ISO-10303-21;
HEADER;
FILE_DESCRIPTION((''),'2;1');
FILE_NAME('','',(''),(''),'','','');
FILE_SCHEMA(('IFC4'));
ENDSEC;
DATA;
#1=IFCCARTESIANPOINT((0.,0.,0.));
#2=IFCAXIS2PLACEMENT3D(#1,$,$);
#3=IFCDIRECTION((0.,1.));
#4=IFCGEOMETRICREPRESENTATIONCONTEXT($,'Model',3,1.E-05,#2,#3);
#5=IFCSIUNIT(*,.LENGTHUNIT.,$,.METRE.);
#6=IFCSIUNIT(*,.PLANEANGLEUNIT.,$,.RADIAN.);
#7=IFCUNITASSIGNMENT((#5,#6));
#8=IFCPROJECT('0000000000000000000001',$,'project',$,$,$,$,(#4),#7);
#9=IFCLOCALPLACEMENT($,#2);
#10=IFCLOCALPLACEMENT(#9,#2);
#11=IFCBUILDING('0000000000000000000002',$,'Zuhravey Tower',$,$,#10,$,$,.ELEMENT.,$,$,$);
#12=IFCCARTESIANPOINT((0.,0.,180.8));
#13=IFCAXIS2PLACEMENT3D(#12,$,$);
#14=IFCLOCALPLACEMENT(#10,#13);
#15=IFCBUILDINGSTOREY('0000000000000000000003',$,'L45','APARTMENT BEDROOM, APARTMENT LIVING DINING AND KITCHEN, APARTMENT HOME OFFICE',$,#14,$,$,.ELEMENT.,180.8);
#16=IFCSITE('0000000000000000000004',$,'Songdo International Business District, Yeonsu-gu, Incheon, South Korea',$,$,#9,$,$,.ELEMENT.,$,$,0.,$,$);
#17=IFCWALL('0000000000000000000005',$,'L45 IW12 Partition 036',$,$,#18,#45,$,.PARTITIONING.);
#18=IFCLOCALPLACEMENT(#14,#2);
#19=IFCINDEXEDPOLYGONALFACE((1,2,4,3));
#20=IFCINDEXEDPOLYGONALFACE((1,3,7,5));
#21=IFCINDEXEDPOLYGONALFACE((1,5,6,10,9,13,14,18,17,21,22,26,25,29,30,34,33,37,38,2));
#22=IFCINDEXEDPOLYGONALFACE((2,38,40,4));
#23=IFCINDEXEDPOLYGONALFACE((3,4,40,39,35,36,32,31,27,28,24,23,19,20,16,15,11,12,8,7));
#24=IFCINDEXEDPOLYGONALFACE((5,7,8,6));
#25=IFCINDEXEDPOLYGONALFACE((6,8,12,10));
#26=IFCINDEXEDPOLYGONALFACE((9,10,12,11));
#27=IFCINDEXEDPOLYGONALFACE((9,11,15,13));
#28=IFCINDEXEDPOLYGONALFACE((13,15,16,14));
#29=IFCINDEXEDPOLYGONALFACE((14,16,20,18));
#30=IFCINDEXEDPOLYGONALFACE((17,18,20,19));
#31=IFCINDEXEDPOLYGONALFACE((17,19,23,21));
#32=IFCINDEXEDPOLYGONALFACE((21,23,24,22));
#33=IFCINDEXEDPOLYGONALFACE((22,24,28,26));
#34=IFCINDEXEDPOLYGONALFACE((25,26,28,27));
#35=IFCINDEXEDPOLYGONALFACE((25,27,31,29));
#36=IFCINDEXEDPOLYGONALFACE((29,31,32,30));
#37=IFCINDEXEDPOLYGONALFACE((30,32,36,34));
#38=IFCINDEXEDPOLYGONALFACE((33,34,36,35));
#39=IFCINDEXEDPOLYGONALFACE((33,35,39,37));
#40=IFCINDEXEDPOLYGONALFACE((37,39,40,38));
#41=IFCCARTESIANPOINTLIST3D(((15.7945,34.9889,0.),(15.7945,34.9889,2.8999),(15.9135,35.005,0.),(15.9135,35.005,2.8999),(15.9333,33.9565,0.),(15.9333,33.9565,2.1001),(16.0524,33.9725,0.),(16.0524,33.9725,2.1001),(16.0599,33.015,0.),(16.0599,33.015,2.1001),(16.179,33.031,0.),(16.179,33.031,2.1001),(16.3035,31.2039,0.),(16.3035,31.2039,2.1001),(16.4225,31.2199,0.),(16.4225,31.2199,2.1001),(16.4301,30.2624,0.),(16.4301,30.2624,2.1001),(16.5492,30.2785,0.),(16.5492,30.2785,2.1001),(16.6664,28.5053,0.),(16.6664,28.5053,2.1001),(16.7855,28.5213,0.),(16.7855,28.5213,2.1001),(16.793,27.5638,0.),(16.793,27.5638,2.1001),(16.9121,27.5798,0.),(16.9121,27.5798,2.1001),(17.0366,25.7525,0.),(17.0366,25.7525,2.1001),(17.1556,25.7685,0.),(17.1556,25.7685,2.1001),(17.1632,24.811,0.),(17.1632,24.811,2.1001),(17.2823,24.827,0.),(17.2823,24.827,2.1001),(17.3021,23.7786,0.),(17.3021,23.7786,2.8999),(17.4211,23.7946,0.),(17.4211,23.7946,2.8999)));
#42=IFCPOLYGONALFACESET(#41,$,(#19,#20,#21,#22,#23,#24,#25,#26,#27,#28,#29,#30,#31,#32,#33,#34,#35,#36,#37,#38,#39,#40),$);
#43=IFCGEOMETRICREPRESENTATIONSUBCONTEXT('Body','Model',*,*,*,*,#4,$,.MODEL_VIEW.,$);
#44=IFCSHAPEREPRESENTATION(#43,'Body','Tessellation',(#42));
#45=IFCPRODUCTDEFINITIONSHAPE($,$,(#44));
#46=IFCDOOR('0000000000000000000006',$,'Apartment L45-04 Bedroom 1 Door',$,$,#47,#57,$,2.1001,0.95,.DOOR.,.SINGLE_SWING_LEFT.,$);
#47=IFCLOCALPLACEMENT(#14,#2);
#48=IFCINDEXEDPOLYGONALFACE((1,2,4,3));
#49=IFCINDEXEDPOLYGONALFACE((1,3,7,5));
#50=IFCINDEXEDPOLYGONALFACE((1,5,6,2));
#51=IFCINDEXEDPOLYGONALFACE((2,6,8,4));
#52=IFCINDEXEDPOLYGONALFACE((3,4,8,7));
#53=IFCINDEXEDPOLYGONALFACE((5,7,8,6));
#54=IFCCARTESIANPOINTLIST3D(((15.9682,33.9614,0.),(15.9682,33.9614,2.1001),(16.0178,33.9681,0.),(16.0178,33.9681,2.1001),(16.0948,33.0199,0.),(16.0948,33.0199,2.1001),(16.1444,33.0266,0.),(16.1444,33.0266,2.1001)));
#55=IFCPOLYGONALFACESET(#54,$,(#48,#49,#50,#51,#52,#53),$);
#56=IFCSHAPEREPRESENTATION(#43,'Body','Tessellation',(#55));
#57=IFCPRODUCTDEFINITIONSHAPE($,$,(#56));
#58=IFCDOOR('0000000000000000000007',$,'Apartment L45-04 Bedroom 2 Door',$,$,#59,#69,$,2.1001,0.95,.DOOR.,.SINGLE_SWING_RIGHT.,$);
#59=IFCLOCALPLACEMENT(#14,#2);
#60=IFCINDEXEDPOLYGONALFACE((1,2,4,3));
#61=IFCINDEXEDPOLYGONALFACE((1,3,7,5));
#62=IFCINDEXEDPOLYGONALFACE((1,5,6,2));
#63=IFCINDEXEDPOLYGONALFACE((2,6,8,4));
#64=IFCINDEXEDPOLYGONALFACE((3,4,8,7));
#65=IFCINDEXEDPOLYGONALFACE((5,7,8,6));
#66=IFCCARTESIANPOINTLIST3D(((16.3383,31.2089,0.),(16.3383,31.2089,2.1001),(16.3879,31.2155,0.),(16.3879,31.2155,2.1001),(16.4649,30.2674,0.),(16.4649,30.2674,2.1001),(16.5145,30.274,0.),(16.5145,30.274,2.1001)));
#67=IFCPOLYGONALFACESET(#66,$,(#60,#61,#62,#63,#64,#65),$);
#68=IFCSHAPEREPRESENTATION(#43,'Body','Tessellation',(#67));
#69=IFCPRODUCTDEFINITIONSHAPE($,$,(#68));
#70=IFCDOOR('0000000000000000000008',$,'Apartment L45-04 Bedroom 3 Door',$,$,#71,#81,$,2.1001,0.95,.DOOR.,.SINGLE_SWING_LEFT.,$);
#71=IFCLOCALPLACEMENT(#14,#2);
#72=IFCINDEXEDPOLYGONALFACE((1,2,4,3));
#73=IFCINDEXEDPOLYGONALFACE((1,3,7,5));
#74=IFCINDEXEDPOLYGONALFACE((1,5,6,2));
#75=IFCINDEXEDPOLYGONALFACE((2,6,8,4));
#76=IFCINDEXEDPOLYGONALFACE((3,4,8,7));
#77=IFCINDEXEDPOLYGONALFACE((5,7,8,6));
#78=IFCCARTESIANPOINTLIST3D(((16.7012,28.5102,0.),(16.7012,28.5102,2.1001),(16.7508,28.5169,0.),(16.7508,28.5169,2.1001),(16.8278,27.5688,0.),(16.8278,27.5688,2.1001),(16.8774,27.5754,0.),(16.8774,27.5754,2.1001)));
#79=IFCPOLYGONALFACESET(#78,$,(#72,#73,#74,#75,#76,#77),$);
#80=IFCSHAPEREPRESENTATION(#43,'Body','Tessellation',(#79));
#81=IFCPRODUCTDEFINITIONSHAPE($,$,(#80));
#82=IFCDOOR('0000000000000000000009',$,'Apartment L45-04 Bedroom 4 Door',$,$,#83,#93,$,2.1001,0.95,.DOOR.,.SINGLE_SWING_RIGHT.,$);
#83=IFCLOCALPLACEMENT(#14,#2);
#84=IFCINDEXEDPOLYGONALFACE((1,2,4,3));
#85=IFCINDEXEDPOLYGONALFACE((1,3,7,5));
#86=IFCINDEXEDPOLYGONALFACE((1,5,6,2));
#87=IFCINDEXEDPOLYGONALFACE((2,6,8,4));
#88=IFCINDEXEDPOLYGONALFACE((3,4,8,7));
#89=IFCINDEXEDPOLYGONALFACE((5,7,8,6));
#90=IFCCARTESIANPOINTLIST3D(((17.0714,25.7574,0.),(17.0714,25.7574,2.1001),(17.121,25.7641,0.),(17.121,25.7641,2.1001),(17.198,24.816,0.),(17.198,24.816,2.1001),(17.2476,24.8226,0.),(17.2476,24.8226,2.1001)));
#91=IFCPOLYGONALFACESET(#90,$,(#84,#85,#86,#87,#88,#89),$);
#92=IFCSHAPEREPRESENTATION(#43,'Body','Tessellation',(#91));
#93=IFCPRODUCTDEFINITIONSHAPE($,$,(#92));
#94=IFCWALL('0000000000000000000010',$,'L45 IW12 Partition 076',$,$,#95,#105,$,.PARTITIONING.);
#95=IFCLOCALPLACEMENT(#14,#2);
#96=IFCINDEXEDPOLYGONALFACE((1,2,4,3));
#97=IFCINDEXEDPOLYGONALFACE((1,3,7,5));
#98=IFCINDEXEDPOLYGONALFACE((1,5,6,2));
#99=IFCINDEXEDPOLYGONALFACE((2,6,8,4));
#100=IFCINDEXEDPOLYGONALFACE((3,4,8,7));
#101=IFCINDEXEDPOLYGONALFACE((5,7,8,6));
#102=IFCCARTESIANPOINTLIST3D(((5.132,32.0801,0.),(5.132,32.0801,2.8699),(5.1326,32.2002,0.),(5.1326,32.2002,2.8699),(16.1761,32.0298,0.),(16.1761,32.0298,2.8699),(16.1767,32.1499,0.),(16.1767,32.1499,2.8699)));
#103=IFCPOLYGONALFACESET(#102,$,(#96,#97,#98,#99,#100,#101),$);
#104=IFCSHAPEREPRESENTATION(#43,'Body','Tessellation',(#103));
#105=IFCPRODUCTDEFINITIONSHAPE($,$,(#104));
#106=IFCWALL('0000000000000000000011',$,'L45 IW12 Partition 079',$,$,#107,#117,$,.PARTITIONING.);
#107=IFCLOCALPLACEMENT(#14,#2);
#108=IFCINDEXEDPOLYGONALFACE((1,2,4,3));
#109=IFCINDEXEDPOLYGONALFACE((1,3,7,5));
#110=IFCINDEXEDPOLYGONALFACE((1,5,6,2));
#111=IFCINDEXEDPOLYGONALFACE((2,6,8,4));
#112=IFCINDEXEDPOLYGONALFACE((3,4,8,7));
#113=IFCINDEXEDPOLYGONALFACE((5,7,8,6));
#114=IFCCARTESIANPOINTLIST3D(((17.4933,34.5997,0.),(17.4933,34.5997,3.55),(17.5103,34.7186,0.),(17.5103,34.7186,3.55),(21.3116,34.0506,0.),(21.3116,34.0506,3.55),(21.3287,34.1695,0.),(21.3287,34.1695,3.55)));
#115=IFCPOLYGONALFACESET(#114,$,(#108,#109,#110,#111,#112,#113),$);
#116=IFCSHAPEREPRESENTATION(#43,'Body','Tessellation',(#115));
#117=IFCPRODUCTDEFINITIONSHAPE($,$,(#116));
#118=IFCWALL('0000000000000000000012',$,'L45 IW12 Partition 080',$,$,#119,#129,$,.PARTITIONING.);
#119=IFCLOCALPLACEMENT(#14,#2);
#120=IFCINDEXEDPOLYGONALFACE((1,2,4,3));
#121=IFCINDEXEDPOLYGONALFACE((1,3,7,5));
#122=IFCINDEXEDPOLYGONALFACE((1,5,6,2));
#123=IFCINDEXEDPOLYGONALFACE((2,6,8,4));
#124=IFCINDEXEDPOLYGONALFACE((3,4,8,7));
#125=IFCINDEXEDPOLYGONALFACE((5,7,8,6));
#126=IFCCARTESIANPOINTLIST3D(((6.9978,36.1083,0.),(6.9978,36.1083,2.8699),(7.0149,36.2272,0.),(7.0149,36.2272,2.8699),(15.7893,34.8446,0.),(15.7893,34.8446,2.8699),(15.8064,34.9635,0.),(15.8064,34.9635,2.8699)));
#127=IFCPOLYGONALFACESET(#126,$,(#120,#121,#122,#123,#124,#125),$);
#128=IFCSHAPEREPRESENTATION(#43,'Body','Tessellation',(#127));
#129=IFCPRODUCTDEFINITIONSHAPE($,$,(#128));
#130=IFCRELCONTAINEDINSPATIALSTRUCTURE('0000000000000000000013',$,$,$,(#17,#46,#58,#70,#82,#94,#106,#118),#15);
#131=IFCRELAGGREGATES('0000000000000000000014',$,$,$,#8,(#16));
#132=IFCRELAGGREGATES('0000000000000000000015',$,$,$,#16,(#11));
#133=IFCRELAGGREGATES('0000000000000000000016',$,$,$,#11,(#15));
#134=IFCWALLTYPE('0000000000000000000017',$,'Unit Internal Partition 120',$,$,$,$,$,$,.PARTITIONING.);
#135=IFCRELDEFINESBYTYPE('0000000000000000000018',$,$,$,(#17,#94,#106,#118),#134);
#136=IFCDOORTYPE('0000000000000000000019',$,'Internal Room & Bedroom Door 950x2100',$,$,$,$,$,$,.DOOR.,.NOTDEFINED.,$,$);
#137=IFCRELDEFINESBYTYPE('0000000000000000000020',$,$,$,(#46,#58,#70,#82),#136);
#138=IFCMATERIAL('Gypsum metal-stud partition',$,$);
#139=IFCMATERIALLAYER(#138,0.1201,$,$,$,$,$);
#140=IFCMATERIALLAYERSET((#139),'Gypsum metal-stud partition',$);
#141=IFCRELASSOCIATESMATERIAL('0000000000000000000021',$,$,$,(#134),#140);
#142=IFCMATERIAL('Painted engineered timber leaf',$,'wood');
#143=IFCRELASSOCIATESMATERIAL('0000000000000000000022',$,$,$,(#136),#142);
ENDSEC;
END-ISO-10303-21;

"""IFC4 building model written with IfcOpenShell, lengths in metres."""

from ifc_helpers import new_model, si_unit, direction, frame, frame_2d, origin, place, context, subcontext, project, spatial, rectangle, extrude, material, layer, layer_set, type_object, element, fill, save


model = new_model("IFC4")

# Units and contexts
model_context = context("Model", 3, precision=1e-05, world=origin(), true_north=direction((0.0, 1.0)))
body_context = subcontext(model_context, "Body", "Model", "MODEL_VIEW")
ifc_project = project(units=[si_unit("LENGTHUNIT", "METRE"), si_unit("PLANEANGLEUNIT", "RADIAN")], contexts=[model_context])

# Site, building, storey
site_placement = place(None, origin())
site = spatial("IfcSite", under=ifc_project, at=site_placement, Name="Songdo International Business District, Yeonsu-gu, Incheon, South Korea", CompositionType="ELEMENT", RefElevation=0.0)
building_placement = place(site_placement, origin())
building = spatial("IfcBuilding", under=site, at=building_placement, Name="Zuhravey Tower", CompositionType="ELEMENT")
storey_placement = place(building_placement, frame((0.0, 0.0, 180.8)))
storey = spatial("IfcBuildingStorey", under=building, at=storey_placement, Name="L45", Description="APARTMENT BEDROOM, APARTMENT LIVING DINING AND KITCHEN, APARTMENT HOME OFFICE", CompositionType="ELEMENT", Elevation=180.8)

# Wall, openings, doors
ifc_material_1 = material(Name="Gypsum metal-stud partition")
ifc_layer_1 = layer(ifc_material_1, 0.1201)
ifc_layer_set_1 = layer_set([ifc_layer_1], Name="Gypsum metal-stud partition")
wall_type_1 = type_object("IfcWallType", Name="Unit Internal Partition 120", PredefinedType="PARTITIONING", material=ifc_layer_set_1)
ifc_material_2 = material(Name="Painted engineered timber leaf", Category="wood")
door_type_1 = type_object("IfcDoorType", Name="Internal Room & Bedroom Door 950x2100", OperationType="NOTDEFINED", PredefinedType="DOOR", material=ifc_material_2)
wall_1_placement = place(storey_placement, frame((15.854, 34.9971, 0.0), z_axis=(0.0, 0.0, 1.0), x_axis=(0.133279, -0.991079, 0.0)))
wall_1 = element("IfcWall", 1, at=wall_1_placement, inside=storey, type_object=wall_type_1, Name="L45 IW12 Partition 036", PredefinedType="PARTITIONING", context=body_context, shape_type="SweptSolid", body=[
    extrude(rectangle(XDim=11.3113, YDim=0.1201, at=frame_2d((5.6558, 0.0))), origin(), (0.0, 0.0, 1.0), 2.8999),
])
opening_1_placement = place(wall_1_placement, frame((1.0417, 0.0, 0.0)))
opening_1 = element("IfcOpeningElement", 2, at=opening_1_placement, cuts=wall_1, PredefinedType="OPENING", context=body_context, shape_type="SweptSolid", body=[
    extrude(rectangle(XDim=0.95, YDim=2.1001, at=frame_2d((0.4751, 1.05))), frame((0.0, 0.072, 0.0), z_axis=(0.0, -1.0, 0.0), x_axis=(1.0, 0.0, 0.0)), (0.0, 0.0, 1.0), 0.144),
])
opening_2_placement = place(wall_1_placement, frame((3.8191, 0.0, 0.0)))
opening_2 = element("IfcOpeningElement", 3, at=opening_2_placement, cuts=wall_1, PredefinedType="OPENING", context=body_context, shape_type="SweptSolid", body=[
    extrude(rectangle(XDim=0.95, YDim=2.1001, at=frame_2d((0.4751, 1.05))), frame((0.0, 0.072, 0.0), z_axis=(0.0, -1.0, 0.0), x_axis=(1.0, 0.0, 0.0)), (0.0, 0.0, 1.0), 0.144),
])
opening_3_placement = place(wall_1_placement, frame((6.542, 0.0, 0.0)))
opening_3 = element("IfcOpeningElement", 4, at=opening_3_placement, cuts=wall_1, PredefinedType="OPENING", context=body_context, shape_type="SweptSolid", body=[
    extrude(rectangle(XDim=0.95, YDim=2.1001, at=frame_2d((0.4751, 1.05))), frame((0.0, 0.072, 0.0), z_axis=(0.0, -1.0, 0.0), x_axis=(1.0, 0.0, 0.0)), (0.0, 0.0, 1.0), 0.144),
])
opening_4_placement = place(wall_1_placement, frame((9.3196, 0.0, 0.0)))
opening_4 = element("IfcOpeningElement", 5, at=opening_4_placement, cuts=wall_1, PredefinedType="OPENING", context=body_context, shape_type="SweptSolid", body=[
    extrude(rectangle(XDim=0.95, YDim=2.1001, at=frame_2d((0.4751, 1.05))), frame((0.0, 0.072, 0.0), z_axis=(0.0, -1.0, 0.0), x_axis=(1.0, 0.0, 0.0)), (0.0, 0.0, 1.0), 0.144),
])
door_1_placement = place(opening_1_placement, frame((0.95, 0.0, 0.0), z_axis=(0.0, 0.0, 1.0), x_axis=(-1.0, 0.0, 0.0)))
door_1 = element("IfcDoor", 6, at=door_1_placement, inside=storey, type_object=door_type_1, Name="Apartment L45-04 Bedroom 1 Door", OperationType="SINGLE_SWING_LEFT", OverallHeight=2.1001, OverallWidth=0.95, PredefinedType="DOOR", context=body_context, shape_type="SweptSolid", body=[
    extrude(rectangle(XDim=0.95, YDim=2.1001, at=frame_2d((0.4751, 1.05))), frame((0.0, 0.0249, 0.0), z_axis=(0.0, -1.0, 0.0), x_axis=(1.0, 0.0, 0.0)), (0.0, 0.0, 1.0), 0.05),
])
fill(opening_1, door_1)
door_2_placement = place(opening_2_placement, frame((0.95, 0.0, 0.0), z_axis=(0.0, 0.0, 1.0), x_axis=(-1.0, 0.0, 0.0)))
door_2 = element("IfcDoor", 7, at=door_2_placement, inside=storey, type_object=door_type_1, Name="Apartment L45-04 Bedroom 2 Door", OperationType="SINGLE_SWING_RIGHT", OverallHeight=2.1001, OverallWidth=0.95, PredefinedType="DOOR", context=body_context, shape_type="SweptSolid", body=[
    extrude(rectangle(XDim=0.95, YDim=2.1001, at=frame_2d((0.4751, 1.05))), frame((0.0, 0.0249, 0.0), z_axis=(0.0, -1.0, 0.0), x_axis=(1.0, 0.0, 0.0)), (0.0, 0.0, 1.0), 0.05),
])
fill(opening_2, door_2)
door_3_placement = place(opening_3_placement, frame((0.95, 0.0, 0.0), z_axis=(0.0, 0.0, 1.0), x_axis=(-1.0, 0.0, 0.0)))
door_3 = element("IfcDoor", 8, at=door_3_placement, inside=storey, type_object=door_type_1, Name="Apartment L45-04 Bedroom 3 Door", OperationType="SINGLE_SWING_LEFT", OverallHeight=2.1001, OverallWidth=0.95, PredefinedType="DOOR", context=body_context, shape_type="SweptSolid", body=[
    extrude(rectangle(XDim=0.95, YDim=2.1001, at=frame_2d((0.4751, 1.05))), frame((0.0, 0.0249, 0.0), z_axis=(0.0, -1.0, 0.0), x_axis=(1.0, 0.0, 0.0)), (0.0, 0.0, 1.0), 0.05),
])
fill(opening_3, door_3)
door_4_placement = place(opening_4_placement, frame((0.95, 0.0, 0.0), z_axis=(0.0, 0.0, 1.0), x_axis=(-1.0, 0.0, 0.0)))
door_4 = element("IfcDoor", 9, at=door_4_placement, inside=storey, type_object=door_type_1, Name="Apartment L45-04 Bedroom 4 Door", OperationType="SINGLE_SWING_RIGHT", OverallHeight=2.1001, OverallWidth=0.95, PredefinedType="DOOR", context=body_context, shape_type="SweptSolid", body=[
    extrude(rectangle(XDim=0.95, YDim=2.1001, at=frame_2d((0.4751, 1.05))), frame((0.0, 0.0249, 0.0), z_axis=(0.0, -1.0, 0.0), x_axis=(1.0, 0.0, 0.0)), (0.0, 0.0, 1.0), 0.05),
])
fill(opening_4, door_4)

# Walls
wall_2_placement = place(storey_placement, frame((16.1763, 32.0898, 0.0), z_axis=(0.0, 0.0, 1.0), x_axis=(-0.99999, 0.004554, 0.0)))
element("IfcWall", 10, at=wall_2_placement, inside=storey, type_object=wall_type_1, Name="L45 IW12 Partition 076", PredefinedType="PARTITIONING", context=body_context, shape_type="SweptSolid", body=[
    extrude(rectangle(XDim=11.0442, YDim=0.1201, at=frame_2d((5.522, 0.0))), origin(), (0.0, 0.0, 1.0), 2.8699),
])
wall_3_placement = place(storey_placement, frame((21.3201, 34.1101, 0.0), z_axis=(0.0, 0.0, 1.0), x_axis=(-0.989819, 0.142334, 0.0)))
element("IfcWall", 11, at=wall_3_placement, inside=storey, type_object=wall_type_1, Name="L45 IW12 Partition 079", PredefinedType="PARTITIONING", context=body_context, shape_type="SweptSolid", body=[
    extrude(rectangle(XDim=3.8577, YDim=0.1201, at=frame_2d((1.9287, 0.0))), origin(), (0.0, 0.0, 1.0), 3.55),
])
wall_4_placement = place(storey_placement, frame((15.7979, 34.9041, 0.0), z_axis=(0.0, 0.0, 1.0), x_axis=(-0.989827, 0.142276, 0.0)))
element("IfcWall", 12, at=wall_4_placement, inside=storey, type_object=wall_type_1, Name="L45 IW12 Partition 080", PredefinedType="PARTITIONING", context=body_context, shape_type="SweptSolid", body=[
    extrude(rectangle(XDim=8.8818, YDim=0.1201, at=frame_2d((4.4409, 0.0))), origin(), (0.0, 0.0, 1.0), 2.8699),
])

save(model, "model.ifc")
